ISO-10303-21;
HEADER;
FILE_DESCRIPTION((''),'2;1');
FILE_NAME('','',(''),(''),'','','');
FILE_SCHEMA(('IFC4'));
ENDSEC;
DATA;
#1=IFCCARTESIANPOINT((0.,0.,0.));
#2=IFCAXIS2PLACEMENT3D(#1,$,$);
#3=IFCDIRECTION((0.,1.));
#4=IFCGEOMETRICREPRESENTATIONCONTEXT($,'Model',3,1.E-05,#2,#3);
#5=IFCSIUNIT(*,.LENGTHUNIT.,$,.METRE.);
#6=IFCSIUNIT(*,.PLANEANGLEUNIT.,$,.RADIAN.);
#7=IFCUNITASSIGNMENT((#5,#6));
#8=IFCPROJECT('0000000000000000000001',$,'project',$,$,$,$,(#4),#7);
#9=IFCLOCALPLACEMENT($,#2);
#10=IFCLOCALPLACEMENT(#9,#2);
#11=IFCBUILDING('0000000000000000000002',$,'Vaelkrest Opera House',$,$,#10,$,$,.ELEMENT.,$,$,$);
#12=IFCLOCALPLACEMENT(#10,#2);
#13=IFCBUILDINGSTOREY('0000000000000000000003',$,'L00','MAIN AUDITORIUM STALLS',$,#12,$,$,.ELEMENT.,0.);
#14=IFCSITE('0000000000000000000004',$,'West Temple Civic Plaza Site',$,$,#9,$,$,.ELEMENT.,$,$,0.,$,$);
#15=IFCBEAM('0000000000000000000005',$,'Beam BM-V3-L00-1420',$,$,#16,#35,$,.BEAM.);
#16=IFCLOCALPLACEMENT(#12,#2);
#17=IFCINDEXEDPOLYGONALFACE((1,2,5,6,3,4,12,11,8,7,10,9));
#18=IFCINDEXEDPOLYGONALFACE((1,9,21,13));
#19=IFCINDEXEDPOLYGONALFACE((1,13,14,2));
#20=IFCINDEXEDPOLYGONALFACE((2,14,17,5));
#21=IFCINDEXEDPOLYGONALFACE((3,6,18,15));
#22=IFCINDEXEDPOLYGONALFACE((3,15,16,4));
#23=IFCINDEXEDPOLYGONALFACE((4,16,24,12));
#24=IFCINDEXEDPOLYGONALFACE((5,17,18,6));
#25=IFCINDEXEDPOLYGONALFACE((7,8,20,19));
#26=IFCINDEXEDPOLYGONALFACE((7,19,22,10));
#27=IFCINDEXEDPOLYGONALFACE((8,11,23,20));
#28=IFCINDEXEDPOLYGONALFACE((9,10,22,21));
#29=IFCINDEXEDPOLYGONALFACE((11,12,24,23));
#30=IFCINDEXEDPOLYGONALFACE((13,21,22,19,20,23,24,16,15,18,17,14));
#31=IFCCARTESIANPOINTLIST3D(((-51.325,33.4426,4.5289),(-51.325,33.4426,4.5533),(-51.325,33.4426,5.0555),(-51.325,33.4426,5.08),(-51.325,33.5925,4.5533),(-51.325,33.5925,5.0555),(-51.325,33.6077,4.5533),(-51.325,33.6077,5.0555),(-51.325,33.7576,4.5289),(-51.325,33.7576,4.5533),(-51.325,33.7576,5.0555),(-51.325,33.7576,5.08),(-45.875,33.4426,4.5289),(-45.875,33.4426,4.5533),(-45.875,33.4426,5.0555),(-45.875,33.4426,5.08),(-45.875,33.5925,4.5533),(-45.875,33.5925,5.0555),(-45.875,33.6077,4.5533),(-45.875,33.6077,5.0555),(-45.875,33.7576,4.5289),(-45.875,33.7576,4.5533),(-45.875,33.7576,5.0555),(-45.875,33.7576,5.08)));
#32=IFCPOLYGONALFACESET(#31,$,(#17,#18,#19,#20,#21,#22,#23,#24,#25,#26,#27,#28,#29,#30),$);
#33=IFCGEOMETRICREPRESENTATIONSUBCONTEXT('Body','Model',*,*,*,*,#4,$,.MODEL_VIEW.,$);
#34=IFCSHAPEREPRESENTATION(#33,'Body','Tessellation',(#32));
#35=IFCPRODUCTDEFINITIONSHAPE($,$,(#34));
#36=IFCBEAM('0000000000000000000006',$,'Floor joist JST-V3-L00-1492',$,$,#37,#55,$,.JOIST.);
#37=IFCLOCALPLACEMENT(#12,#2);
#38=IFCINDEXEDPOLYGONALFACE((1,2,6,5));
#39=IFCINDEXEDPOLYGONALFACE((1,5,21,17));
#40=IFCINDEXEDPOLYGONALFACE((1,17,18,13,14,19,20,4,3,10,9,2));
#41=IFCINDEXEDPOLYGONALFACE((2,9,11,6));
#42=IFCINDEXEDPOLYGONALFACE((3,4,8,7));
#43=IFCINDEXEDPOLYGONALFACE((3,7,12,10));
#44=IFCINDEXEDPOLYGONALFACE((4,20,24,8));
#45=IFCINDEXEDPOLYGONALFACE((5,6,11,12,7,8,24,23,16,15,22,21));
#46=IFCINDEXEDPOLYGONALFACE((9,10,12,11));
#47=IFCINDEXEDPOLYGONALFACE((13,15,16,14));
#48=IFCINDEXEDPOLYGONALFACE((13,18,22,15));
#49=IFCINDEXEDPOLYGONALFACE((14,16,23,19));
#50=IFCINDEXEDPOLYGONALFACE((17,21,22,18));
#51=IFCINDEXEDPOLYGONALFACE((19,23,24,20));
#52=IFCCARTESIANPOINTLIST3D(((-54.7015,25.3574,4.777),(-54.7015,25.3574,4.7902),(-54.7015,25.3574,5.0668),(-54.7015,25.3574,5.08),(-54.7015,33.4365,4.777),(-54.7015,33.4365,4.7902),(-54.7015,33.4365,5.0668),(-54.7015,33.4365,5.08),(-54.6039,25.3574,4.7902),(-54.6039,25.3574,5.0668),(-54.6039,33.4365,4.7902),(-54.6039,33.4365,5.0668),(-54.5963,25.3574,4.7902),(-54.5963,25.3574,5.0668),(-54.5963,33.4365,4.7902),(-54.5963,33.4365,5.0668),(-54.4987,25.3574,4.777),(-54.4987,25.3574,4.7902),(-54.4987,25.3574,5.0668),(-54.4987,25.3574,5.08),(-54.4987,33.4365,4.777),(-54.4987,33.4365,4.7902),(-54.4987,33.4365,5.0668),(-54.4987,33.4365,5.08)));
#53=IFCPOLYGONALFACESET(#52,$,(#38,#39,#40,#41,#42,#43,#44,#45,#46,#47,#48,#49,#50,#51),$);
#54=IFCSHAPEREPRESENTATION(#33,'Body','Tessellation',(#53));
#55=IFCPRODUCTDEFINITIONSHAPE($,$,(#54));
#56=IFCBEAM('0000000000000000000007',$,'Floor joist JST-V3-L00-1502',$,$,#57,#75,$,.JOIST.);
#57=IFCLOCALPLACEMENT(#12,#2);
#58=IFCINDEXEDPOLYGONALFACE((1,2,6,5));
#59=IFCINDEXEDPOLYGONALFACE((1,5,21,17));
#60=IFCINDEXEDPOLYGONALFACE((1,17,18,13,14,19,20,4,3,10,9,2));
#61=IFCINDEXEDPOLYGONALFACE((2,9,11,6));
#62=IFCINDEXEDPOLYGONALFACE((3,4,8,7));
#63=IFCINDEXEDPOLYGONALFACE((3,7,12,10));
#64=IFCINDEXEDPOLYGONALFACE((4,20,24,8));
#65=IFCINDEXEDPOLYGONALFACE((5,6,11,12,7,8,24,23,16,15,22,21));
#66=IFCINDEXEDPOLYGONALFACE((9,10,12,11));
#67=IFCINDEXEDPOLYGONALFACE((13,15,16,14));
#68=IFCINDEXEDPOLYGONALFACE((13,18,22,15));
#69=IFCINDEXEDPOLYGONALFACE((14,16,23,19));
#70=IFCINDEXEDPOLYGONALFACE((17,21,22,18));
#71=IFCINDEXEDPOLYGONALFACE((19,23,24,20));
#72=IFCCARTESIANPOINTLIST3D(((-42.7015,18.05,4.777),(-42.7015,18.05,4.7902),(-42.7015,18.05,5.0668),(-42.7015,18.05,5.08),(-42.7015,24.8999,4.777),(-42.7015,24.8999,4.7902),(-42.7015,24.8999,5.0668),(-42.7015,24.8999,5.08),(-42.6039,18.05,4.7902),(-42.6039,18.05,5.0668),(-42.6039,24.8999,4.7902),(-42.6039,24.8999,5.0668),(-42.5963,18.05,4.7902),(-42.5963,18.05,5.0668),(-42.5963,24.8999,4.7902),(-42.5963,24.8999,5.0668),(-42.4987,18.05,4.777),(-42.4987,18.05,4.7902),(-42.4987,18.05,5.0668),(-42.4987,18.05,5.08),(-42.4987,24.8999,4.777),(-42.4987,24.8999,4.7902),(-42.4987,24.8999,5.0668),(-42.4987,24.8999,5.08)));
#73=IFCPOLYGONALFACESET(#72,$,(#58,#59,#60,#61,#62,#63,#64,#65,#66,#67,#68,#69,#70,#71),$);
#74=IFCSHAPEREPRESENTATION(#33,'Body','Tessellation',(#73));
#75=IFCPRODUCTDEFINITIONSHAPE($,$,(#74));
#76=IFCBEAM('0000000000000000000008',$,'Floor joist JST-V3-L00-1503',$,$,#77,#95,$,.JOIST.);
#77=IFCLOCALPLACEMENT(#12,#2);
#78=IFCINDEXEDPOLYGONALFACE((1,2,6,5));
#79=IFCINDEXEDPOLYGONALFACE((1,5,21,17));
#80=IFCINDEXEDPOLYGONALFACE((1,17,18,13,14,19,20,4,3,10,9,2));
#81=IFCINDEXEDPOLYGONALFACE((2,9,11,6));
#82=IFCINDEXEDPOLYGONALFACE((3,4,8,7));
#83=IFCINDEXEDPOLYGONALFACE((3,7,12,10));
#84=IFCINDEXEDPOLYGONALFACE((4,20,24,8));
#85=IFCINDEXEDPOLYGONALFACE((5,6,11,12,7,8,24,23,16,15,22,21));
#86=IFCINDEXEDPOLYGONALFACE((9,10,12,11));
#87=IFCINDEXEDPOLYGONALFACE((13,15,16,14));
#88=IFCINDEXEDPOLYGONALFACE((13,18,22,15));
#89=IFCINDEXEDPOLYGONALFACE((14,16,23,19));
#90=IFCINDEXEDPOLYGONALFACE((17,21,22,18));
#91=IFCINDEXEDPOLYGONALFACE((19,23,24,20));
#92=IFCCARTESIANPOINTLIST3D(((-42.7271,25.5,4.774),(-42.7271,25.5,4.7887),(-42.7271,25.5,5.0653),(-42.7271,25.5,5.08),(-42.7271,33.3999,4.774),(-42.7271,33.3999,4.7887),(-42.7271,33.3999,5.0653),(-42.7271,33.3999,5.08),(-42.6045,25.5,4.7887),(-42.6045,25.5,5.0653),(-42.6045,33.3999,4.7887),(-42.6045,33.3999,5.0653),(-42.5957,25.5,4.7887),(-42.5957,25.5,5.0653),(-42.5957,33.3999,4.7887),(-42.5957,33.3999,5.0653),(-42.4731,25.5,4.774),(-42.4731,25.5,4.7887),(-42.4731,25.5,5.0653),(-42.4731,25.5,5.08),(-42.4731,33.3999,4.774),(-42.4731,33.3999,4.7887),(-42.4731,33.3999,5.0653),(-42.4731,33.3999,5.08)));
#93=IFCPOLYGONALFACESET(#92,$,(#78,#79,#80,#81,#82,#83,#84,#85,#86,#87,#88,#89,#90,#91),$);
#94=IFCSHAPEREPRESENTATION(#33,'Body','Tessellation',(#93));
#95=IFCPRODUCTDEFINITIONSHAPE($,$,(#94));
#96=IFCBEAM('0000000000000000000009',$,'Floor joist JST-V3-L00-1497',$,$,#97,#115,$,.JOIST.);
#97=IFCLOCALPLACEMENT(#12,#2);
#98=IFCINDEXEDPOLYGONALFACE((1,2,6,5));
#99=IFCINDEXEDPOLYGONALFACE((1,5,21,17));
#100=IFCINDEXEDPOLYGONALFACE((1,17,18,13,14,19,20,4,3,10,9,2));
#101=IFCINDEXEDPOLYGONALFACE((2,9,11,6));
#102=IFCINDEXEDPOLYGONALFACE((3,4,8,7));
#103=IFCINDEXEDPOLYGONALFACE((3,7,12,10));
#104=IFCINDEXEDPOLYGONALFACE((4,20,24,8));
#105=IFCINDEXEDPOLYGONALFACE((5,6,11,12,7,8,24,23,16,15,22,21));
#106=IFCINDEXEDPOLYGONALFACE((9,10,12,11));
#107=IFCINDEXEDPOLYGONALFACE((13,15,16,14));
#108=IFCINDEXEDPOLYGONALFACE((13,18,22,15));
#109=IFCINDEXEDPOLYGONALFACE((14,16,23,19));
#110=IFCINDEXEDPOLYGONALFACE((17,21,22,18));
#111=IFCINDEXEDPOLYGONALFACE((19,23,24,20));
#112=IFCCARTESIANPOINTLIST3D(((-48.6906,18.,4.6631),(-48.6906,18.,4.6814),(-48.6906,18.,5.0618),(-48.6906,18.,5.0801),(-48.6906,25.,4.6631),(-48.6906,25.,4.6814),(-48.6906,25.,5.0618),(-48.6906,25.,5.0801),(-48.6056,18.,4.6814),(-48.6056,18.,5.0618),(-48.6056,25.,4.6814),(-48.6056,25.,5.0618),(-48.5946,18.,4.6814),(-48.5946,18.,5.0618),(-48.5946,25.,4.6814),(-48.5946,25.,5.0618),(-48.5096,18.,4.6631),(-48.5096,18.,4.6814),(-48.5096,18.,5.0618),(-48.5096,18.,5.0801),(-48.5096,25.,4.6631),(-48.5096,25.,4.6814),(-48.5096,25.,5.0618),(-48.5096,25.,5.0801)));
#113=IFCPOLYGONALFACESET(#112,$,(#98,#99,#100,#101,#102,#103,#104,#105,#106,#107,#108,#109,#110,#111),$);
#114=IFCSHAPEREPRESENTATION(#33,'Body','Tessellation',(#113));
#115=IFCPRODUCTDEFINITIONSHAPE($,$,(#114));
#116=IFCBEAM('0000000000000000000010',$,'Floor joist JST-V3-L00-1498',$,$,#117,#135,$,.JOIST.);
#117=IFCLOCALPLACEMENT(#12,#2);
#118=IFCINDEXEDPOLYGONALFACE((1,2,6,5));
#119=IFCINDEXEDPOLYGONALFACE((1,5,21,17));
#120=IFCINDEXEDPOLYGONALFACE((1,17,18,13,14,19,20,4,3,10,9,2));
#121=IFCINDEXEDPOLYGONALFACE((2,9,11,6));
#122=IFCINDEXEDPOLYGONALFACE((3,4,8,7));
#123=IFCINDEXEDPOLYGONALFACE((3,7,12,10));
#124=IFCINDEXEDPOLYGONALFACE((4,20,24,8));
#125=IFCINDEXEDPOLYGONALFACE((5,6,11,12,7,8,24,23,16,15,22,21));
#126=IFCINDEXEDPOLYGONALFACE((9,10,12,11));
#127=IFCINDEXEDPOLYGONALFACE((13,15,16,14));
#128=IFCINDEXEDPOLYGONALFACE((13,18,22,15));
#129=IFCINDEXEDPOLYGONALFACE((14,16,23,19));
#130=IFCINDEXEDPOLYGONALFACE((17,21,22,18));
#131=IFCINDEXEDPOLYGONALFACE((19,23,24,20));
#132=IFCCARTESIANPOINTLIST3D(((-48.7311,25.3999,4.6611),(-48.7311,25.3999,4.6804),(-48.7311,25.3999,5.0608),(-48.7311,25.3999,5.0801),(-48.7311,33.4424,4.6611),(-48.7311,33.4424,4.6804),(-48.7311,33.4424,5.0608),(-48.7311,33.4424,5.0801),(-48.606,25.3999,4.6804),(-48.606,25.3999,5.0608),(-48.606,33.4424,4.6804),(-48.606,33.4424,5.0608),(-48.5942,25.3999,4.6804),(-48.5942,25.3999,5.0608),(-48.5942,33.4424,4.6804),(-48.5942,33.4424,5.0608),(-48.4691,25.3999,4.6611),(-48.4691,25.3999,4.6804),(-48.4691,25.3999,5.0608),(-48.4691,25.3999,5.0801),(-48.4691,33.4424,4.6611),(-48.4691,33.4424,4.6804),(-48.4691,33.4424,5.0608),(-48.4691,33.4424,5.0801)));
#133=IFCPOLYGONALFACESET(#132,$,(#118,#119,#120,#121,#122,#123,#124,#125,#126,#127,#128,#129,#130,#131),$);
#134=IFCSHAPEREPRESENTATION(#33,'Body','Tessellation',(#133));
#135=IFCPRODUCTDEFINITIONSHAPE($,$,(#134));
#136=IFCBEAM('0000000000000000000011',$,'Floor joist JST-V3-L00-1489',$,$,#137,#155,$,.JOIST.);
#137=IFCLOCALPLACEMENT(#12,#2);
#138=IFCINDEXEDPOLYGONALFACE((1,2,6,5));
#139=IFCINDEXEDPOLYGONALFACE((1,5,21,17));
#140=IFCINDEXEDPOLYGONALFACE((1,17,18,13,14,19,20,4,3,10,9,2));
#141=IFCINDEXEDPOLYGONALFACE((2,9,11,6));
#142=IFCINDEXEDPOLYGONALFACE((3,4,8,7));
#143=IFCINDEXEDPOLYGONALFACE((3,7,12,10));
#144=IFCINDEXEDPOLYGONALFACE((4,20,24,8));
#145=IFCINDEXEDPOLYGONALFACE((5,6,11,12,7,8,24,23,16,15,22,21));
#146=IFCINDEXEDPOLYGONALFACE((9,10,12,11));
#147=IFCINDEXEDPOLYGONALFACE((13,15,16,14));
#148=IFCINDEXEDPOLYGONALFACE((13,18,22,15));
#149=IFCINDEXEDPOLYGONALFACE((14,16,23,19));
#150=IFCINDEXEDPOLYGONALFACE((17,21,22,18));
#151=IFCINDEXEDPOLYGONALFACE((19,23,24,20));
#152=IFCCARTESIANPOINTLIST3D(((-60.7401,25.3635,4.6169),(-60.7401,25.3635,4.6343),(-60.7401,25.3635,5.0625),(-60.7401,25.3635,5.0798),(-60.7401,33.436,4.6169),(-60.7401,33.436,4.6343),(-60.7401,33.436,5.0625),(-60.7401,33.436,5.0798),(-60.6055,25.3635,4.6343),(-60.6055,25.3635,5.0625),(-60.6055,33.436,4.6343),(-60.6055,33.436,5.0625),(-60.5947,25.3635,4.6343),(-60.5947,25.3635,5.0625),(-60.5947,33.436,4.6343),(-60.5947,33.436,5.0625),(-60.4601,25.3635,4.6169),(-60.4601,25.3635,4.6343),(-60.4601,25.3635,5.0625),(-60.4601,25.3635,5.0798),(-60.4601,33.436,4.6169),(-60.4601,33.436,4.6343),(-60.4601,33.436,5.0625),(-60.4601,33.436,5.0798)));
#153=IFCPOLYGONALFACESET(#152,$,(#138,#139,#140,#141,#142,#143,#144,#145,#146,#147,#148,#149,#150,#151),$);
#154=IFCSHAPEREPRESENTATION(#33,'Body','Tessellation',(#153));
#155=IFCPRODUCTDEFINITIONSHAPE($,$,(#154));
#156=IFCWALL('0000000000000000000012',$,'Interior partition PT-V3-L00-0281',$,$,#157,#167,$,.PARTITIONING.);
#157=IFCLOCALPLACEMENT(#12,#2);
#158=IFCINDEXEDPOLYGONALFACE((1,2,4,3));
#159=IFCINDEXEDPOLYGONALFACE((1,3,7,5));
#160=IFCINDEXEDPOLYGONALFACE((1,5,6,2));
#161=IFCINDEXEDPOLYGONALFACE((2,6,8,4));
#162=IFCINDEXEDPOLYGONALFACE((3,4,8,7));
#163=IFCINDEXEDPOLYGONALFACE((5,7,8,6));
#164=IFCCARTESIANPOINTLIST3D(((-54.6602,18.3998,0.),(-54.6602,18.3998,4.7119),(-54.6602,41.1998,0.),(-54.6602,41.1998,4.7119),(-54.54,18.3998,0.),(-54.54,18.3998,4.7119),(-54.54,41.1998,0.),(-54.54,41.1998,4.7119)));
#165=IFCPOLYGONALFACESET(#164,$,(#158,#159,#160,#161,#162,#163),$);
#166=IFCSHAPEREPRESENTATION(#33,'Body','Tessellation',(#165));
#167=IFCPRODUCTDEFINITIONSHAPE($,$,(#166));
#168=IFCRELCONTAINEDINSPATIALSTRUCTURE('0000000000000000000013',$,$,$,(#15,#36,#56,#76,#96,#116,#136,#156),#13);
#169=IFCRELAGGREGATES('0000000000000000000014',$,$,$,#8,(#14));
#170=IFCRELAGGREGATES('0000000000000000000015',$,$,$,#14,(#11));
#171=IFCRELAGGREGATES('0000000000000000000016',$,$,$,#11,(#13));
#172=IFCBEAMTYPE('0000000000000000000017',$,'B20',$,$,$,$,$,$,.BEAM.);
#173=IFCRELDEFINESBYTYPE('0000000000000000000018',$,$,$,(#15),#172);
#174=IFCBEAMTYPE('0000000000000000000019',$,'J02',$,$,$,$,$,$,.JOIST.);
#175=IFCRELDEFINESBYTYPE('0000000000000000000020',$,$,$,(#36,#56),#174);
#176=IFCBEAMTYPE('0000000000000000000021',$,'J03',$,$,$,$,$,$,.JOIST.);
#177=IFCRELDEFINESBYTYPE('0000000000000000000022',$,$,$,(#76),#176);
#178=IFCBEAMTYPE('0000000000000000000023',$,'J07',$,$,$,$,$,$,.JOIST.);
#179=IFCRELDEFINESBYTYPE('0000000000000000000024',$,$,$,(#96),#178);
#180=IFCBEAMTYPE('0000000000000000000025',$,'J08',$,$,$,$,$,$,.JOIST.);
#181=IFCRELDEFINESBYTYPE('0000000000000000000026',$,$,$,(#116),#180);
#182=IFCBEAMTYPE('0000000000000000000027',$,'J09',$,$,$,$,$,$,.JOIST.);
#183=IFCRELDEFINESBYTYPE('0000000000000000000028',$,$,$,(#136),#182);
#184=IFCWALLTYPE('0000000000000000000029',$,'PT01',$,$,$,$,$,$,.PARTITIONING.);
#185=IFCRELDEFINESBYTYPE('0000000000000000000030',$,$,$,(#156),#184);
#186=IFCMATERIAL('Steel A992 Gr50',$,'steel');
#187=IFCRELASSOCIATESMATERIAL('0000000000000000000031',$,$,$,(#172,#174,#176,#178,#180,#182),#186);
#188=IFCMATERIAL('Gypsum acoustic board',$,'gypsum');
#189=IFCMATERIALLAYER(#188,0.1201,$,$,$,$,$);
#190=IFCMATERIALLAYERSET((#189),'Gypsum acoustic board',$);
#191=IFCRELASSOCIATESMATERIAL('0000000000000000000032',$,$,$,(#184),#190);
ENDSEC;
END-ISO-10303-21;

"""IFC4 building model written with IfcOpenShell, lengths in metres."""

from ifc_helpers import new_model, si_unit, direction, frame, frame_2d, origin, origin_2d, place, context, subcontext, project, spatial, rectangle, i_section, extrude, material, layer, layer_set, material_profile, profile_set, type_object, element, save


model = new_model("IFC4")

# Units and contexts
model_context = context("Model", 3, precision=1e-05, world=origin(), true_north=direction((0.0, 1.0)))
body_context = subcontext(model_context, "Body", "Model", "MODEL_VIEW")
ifc_project = project(units=[si_unit("LENGTHUNIT", "METRE"), si_unit("PLANEANGLEUNIT", "RADIAN")], contexts=[model_context])

# Site, building, storey
site_placement = place(None, origin())
site = spatial("IfcSite", under=ifc_project, at=site_placement, Name="West Temple Civic Plaza Site", CompositionType="ELEMENT", RefElevation=0.0)
building_placement = place(site_placement, origin())
building = spatial("IfcBuilding", under=site, at=building_placement, Name="Vaelkrest Opera House", CompositionType="ELEMENT")
storey_placement = place(building_placement, origin())
storey = spatial("IfcBuildingStorey", under=building, at=storey_placement, Name="L00", Description="MAIN AUDITORIUM STALLS", CompositionType="ELEMENT", Elevation=0.0)

# Beams
ifc_material_1 = material(Name="Steel A992 Gr50", Category="steel")
ifc_material_profile_1 = material_profile(ifc_material_1, i_section(OverallWidth=0.3149, OverallDepth=0.551, WebThickness=0.0151, FlangeThickness=0.0244, at=origin_2d()), Name="W21X122")
ifc_profile_set_1 = profile_set([ifc_material_profile_1], Name="Steel A992 Gr50")
beam_type_1 = type_object("IfcBeamType", Name="B20", PredefinedType="BEAM", material=ifc_profile_set_1)
for number, where, z_axis, x_axis, name in (
    (1, (-51.325, 33.6001, 4.8044), (1.0, 0.0, 0.0), (0.0, 1.0, 0.0), "Beam BM-V3-L00-1420"),
):
    element("IfcBeam", number, at=place(storey_placement, frame(where, z_axis=z_axis, x_axis=x_axis)), inside=storey, type_object=beam_type_1, Name=name, PredefinedType="BEAM", context=body_context, shape_type="SweptSolid", body=[
        extrude(i_section(OverallWidth=0.3149, OverallDepth=0.551, WebThickness=0.0151, FlangeThickness=0.0244, at=origin_2d()), origin(), (0.0, 0.0, 1.0), 5.45),
    ])
ifc_material_profile_2 = material_profile(ifc_material_1, i_section(OverallWidth=0.2029, OverallDepth=0.303, WebThickness=0.0076, FlangeThickness=0.0132, at=origin_2d()), Name="W12X40")
ifc_profile_set_2 = profile_set([ifc_material_profile_2], Name="Steel A992 Gr50")
beam_type_2 = type_object("IfcBeamType", Name="J02", PredefinedType="JOIST", material=ifc_profile_set_2)
beam_1_placement = place(storey_placement, frame((-54.6001, 25.3574, 4.9285), z_axis=(0.0, 1.0, 0.0), x_axis=(-1.0, 0.0, 0.0)))
element("IfcBeam", 2, at=beam_1_placement, inside=storey, type_object=beam_type_2, Name="Floor joist JST-V3-L00-1492", PredefinedType="JOIST", context=body_context, shape_type="SweptSolid", body=[
    extrude(i_section(OverallWidth=0.2029, OverallDepth=0.303, WebThickness=0.0076, FlangeThickness=0.0132, at=origin_2d()), origin(), (0.0, 0.0, 1.0), 8.0791),
])
beam_2_placement = place(storey_placement, frame((-42.6001, 18.05, 4.9285), z_axis=(0.0, 1.0, 0.0), x_axis=(-1.0, 0.0, 0.0)))
element("IfcBeam", 3, at=beam_2_placement, inside=storey, type_object=beam_type_2, Name="Floor joist JST-V3-L00-1502", PredefinedType="JOIST", context=body_context, shape_type="SweptSolid", body=[
    extrude(i_section(OverallWidth=0.2029, OverallDepth=0.303, WebThickness=0.0076, FlangeThickness=0.0132, at=origin_2d()), origin(), (0.0, 0.0, 1.0), 6.8499),
])
ifc_material_profile_3 = material_profile(ifc_material_1, i_section(OverallWidth=0.2539, OverallDepth=0.3059, WebThickness=0.0088, FlangeThickness=0.0146, at=origin_2d()), Name="W12X53")
ifc_profile_set_3 = profile_set([ifc_material_profile_3], Name="Steel A992 Gr50")
beam_type_3 = type_object("IfcBeamType", Name="J03", PredefinedType="JOIST", material=ifc_profile_set_3)
beam_3_placement = place(storey_placement, frame((-42.6001, 25.5, 4.927), z_axis=(0.0, 1.0, 0.0), x_axis=(-1.0, 0.0, 0.0)))
element("IfcBeam", 4, at=beam_3_placement, inside=storey, type_object=beam_type_3, Name="Floor joist JST-V3-L00-1503", PredefinedType="JOIST", context=body_context, shape_type="SweptSolid", body=[
    extrude(i_section(OverallWidth=0.2539, OverallDepth=0.3059, WebThickness=0.0088, FlangeThickness=0.0146, at=origin_2d()), origin(), (0.0, 0.0, 1.0), 7.8999),
])
ifc_material_profile_4 = material_profile(ifc_material_1, i_section(OverallWidth=0.1809, OverallDepth=0.417, WebThickness=0.011, FlangeThickness=0.0183, at=origin_2d()), Name="W16X57")
ifc_profile_set_4 = profile_set([ifc_material_profile_4], Name="Steel A992 Gr50")
beam_type_4 = type_object("IfcBeamType", Name="J07", PredefinedType="JOIST", material=ifc_profile_set_4)
beam_4_placement = place(storey_placement, frame((-48.6001, 18.0, 4.8716), z_axis=(0.0, 1.0, 0.0), x_axis=(-1.0, 0.0, 0.0)))
element("IfcBeam", 5, at=beam_4_placement, inside=storey, type_object=beam_type_4, Name="Floor joist JST-V3-L00-1497", PredefinedType="JOIST", context=body_context, shape_type="SweptSolid", body=[
    extrude(i_section(OverallWidth=0.1809, OverallDepth=0.417, WebThickness=0.011, FlangeThickness=0.0183, at=origin_2d()), origin(), (0.0, 0.0, 1.0), 7.0),
])
ifc_material_profile_5 = material_profile(ifc_material_1, i_section(OverallWidth=0.262, OverallDepth=0.4189, WebThickness=0.0117, FlangeThickness=0.0193, at=origin_2d()), Name="W16X77")
ifc_profile_set_5 = profile_set([ifc_material_profile_5], Name="Steel A992 Gr50")
beam_type_5 = type_object("IfcBeamType", Name="J08", PredefinedType="JOIST", material=ifc_profile_set_5)
beam_5_placement = place(storey_placement, frame((-48.6001, 25.3999, 4.8706), z_axis=(0.0, 1.0, 0.0), x_axis=(-1.0, 0.0, 0.0)))
element("IfcBeam", 6, at=beam_5_placement, inside=storey, type_object=beam_type_5, Name="Floor joist JST-V3-L00-1498", PredefinedType="JOIST", context=body_context, shape_type="SweptSolid", body=[
    extrude(i_section(OverallWidth=0.262, OverallDepth=0.4189, WebThickness=0.0117, FlangeThickness=0.0193, at=origin_2d()), origin(), (0.0, 0.0, 1.0), 8.0425),
])
ifc_material_profile_6 = material_profile(ifc_material_1, i_section(OverallWidth=0.28, OverallDepth=0.4629, WebThickness=0.0107, FlangeThickness=0.0173, at=origin_2d()), Name="W18X76")
ifc_profile_set_6 = profile_set([ifc_material_profile_6], Name="Steel A992 Gr50")
beam_type_6 = type_object("IfcBeamType", Name="J09", PredefinedType="JOIST", material=ifc_profile_set_6)
beam_6_placement = place(storey_placement, frame((-60.6001, 25.3635, 4.8484), z_axis=(0.0, 1.0, 0.0), x_axis=(-1.0, 0.0, 0.0)))
element("IfcBeam", 7, at=beam_6_placement, inside=storey, type_object=beam_type_6, Name="Floor joist JST-V3-L00-1489", PredefinedType="JOIST", context=body_context, shape_type="SweptSolid", body=[
    extrude(i_section(OverallWidth=0.28, OverallDepth=0.4629, WebThickness=0.0107, FlangeThickness=0.0173, at=origin_2d()), origin(), (0.0, 0.0, 1.0), 8.0725),
])

# Wall
ifc_material_2 = material(Name="Gypsum acoustic board", Category="gypsum")
ifc_layer_1 = layer(ifc_material_2, 0.1201)
ifc_layer_set_1 = layer_set([ifc_layer_1], Name="Gypsum acoustic board")
wall_type_1 = type_object("IfcWallType", Name="PT01", PredefinedType="PARTITIONING", material=ifc_layer_set_1)
wall_1_placement = place(storey_placement, frame((-54.6001, 18.3999, 0.0), z_axis=(0.0, 0.0, 1.0), x_axis=(0.0, 1.0, 0.0)))
element("IfcWall", 8, at=wall_1_placement, inside=storey, type_object=wall_type_1, Name="Interior partition PT-V3-L00-0281", PredefinedType="PARTITIONING", context=body_context, shape_type="SweptSolid", body=[
    extrude(rectangle(XDim=22.8, YDim=0.1201, at=frame_2d((11.3999, 0.0))), origin(), (0.0, 0.0, 1.0), 4.7119),
])

save(model, "model.ifc")
